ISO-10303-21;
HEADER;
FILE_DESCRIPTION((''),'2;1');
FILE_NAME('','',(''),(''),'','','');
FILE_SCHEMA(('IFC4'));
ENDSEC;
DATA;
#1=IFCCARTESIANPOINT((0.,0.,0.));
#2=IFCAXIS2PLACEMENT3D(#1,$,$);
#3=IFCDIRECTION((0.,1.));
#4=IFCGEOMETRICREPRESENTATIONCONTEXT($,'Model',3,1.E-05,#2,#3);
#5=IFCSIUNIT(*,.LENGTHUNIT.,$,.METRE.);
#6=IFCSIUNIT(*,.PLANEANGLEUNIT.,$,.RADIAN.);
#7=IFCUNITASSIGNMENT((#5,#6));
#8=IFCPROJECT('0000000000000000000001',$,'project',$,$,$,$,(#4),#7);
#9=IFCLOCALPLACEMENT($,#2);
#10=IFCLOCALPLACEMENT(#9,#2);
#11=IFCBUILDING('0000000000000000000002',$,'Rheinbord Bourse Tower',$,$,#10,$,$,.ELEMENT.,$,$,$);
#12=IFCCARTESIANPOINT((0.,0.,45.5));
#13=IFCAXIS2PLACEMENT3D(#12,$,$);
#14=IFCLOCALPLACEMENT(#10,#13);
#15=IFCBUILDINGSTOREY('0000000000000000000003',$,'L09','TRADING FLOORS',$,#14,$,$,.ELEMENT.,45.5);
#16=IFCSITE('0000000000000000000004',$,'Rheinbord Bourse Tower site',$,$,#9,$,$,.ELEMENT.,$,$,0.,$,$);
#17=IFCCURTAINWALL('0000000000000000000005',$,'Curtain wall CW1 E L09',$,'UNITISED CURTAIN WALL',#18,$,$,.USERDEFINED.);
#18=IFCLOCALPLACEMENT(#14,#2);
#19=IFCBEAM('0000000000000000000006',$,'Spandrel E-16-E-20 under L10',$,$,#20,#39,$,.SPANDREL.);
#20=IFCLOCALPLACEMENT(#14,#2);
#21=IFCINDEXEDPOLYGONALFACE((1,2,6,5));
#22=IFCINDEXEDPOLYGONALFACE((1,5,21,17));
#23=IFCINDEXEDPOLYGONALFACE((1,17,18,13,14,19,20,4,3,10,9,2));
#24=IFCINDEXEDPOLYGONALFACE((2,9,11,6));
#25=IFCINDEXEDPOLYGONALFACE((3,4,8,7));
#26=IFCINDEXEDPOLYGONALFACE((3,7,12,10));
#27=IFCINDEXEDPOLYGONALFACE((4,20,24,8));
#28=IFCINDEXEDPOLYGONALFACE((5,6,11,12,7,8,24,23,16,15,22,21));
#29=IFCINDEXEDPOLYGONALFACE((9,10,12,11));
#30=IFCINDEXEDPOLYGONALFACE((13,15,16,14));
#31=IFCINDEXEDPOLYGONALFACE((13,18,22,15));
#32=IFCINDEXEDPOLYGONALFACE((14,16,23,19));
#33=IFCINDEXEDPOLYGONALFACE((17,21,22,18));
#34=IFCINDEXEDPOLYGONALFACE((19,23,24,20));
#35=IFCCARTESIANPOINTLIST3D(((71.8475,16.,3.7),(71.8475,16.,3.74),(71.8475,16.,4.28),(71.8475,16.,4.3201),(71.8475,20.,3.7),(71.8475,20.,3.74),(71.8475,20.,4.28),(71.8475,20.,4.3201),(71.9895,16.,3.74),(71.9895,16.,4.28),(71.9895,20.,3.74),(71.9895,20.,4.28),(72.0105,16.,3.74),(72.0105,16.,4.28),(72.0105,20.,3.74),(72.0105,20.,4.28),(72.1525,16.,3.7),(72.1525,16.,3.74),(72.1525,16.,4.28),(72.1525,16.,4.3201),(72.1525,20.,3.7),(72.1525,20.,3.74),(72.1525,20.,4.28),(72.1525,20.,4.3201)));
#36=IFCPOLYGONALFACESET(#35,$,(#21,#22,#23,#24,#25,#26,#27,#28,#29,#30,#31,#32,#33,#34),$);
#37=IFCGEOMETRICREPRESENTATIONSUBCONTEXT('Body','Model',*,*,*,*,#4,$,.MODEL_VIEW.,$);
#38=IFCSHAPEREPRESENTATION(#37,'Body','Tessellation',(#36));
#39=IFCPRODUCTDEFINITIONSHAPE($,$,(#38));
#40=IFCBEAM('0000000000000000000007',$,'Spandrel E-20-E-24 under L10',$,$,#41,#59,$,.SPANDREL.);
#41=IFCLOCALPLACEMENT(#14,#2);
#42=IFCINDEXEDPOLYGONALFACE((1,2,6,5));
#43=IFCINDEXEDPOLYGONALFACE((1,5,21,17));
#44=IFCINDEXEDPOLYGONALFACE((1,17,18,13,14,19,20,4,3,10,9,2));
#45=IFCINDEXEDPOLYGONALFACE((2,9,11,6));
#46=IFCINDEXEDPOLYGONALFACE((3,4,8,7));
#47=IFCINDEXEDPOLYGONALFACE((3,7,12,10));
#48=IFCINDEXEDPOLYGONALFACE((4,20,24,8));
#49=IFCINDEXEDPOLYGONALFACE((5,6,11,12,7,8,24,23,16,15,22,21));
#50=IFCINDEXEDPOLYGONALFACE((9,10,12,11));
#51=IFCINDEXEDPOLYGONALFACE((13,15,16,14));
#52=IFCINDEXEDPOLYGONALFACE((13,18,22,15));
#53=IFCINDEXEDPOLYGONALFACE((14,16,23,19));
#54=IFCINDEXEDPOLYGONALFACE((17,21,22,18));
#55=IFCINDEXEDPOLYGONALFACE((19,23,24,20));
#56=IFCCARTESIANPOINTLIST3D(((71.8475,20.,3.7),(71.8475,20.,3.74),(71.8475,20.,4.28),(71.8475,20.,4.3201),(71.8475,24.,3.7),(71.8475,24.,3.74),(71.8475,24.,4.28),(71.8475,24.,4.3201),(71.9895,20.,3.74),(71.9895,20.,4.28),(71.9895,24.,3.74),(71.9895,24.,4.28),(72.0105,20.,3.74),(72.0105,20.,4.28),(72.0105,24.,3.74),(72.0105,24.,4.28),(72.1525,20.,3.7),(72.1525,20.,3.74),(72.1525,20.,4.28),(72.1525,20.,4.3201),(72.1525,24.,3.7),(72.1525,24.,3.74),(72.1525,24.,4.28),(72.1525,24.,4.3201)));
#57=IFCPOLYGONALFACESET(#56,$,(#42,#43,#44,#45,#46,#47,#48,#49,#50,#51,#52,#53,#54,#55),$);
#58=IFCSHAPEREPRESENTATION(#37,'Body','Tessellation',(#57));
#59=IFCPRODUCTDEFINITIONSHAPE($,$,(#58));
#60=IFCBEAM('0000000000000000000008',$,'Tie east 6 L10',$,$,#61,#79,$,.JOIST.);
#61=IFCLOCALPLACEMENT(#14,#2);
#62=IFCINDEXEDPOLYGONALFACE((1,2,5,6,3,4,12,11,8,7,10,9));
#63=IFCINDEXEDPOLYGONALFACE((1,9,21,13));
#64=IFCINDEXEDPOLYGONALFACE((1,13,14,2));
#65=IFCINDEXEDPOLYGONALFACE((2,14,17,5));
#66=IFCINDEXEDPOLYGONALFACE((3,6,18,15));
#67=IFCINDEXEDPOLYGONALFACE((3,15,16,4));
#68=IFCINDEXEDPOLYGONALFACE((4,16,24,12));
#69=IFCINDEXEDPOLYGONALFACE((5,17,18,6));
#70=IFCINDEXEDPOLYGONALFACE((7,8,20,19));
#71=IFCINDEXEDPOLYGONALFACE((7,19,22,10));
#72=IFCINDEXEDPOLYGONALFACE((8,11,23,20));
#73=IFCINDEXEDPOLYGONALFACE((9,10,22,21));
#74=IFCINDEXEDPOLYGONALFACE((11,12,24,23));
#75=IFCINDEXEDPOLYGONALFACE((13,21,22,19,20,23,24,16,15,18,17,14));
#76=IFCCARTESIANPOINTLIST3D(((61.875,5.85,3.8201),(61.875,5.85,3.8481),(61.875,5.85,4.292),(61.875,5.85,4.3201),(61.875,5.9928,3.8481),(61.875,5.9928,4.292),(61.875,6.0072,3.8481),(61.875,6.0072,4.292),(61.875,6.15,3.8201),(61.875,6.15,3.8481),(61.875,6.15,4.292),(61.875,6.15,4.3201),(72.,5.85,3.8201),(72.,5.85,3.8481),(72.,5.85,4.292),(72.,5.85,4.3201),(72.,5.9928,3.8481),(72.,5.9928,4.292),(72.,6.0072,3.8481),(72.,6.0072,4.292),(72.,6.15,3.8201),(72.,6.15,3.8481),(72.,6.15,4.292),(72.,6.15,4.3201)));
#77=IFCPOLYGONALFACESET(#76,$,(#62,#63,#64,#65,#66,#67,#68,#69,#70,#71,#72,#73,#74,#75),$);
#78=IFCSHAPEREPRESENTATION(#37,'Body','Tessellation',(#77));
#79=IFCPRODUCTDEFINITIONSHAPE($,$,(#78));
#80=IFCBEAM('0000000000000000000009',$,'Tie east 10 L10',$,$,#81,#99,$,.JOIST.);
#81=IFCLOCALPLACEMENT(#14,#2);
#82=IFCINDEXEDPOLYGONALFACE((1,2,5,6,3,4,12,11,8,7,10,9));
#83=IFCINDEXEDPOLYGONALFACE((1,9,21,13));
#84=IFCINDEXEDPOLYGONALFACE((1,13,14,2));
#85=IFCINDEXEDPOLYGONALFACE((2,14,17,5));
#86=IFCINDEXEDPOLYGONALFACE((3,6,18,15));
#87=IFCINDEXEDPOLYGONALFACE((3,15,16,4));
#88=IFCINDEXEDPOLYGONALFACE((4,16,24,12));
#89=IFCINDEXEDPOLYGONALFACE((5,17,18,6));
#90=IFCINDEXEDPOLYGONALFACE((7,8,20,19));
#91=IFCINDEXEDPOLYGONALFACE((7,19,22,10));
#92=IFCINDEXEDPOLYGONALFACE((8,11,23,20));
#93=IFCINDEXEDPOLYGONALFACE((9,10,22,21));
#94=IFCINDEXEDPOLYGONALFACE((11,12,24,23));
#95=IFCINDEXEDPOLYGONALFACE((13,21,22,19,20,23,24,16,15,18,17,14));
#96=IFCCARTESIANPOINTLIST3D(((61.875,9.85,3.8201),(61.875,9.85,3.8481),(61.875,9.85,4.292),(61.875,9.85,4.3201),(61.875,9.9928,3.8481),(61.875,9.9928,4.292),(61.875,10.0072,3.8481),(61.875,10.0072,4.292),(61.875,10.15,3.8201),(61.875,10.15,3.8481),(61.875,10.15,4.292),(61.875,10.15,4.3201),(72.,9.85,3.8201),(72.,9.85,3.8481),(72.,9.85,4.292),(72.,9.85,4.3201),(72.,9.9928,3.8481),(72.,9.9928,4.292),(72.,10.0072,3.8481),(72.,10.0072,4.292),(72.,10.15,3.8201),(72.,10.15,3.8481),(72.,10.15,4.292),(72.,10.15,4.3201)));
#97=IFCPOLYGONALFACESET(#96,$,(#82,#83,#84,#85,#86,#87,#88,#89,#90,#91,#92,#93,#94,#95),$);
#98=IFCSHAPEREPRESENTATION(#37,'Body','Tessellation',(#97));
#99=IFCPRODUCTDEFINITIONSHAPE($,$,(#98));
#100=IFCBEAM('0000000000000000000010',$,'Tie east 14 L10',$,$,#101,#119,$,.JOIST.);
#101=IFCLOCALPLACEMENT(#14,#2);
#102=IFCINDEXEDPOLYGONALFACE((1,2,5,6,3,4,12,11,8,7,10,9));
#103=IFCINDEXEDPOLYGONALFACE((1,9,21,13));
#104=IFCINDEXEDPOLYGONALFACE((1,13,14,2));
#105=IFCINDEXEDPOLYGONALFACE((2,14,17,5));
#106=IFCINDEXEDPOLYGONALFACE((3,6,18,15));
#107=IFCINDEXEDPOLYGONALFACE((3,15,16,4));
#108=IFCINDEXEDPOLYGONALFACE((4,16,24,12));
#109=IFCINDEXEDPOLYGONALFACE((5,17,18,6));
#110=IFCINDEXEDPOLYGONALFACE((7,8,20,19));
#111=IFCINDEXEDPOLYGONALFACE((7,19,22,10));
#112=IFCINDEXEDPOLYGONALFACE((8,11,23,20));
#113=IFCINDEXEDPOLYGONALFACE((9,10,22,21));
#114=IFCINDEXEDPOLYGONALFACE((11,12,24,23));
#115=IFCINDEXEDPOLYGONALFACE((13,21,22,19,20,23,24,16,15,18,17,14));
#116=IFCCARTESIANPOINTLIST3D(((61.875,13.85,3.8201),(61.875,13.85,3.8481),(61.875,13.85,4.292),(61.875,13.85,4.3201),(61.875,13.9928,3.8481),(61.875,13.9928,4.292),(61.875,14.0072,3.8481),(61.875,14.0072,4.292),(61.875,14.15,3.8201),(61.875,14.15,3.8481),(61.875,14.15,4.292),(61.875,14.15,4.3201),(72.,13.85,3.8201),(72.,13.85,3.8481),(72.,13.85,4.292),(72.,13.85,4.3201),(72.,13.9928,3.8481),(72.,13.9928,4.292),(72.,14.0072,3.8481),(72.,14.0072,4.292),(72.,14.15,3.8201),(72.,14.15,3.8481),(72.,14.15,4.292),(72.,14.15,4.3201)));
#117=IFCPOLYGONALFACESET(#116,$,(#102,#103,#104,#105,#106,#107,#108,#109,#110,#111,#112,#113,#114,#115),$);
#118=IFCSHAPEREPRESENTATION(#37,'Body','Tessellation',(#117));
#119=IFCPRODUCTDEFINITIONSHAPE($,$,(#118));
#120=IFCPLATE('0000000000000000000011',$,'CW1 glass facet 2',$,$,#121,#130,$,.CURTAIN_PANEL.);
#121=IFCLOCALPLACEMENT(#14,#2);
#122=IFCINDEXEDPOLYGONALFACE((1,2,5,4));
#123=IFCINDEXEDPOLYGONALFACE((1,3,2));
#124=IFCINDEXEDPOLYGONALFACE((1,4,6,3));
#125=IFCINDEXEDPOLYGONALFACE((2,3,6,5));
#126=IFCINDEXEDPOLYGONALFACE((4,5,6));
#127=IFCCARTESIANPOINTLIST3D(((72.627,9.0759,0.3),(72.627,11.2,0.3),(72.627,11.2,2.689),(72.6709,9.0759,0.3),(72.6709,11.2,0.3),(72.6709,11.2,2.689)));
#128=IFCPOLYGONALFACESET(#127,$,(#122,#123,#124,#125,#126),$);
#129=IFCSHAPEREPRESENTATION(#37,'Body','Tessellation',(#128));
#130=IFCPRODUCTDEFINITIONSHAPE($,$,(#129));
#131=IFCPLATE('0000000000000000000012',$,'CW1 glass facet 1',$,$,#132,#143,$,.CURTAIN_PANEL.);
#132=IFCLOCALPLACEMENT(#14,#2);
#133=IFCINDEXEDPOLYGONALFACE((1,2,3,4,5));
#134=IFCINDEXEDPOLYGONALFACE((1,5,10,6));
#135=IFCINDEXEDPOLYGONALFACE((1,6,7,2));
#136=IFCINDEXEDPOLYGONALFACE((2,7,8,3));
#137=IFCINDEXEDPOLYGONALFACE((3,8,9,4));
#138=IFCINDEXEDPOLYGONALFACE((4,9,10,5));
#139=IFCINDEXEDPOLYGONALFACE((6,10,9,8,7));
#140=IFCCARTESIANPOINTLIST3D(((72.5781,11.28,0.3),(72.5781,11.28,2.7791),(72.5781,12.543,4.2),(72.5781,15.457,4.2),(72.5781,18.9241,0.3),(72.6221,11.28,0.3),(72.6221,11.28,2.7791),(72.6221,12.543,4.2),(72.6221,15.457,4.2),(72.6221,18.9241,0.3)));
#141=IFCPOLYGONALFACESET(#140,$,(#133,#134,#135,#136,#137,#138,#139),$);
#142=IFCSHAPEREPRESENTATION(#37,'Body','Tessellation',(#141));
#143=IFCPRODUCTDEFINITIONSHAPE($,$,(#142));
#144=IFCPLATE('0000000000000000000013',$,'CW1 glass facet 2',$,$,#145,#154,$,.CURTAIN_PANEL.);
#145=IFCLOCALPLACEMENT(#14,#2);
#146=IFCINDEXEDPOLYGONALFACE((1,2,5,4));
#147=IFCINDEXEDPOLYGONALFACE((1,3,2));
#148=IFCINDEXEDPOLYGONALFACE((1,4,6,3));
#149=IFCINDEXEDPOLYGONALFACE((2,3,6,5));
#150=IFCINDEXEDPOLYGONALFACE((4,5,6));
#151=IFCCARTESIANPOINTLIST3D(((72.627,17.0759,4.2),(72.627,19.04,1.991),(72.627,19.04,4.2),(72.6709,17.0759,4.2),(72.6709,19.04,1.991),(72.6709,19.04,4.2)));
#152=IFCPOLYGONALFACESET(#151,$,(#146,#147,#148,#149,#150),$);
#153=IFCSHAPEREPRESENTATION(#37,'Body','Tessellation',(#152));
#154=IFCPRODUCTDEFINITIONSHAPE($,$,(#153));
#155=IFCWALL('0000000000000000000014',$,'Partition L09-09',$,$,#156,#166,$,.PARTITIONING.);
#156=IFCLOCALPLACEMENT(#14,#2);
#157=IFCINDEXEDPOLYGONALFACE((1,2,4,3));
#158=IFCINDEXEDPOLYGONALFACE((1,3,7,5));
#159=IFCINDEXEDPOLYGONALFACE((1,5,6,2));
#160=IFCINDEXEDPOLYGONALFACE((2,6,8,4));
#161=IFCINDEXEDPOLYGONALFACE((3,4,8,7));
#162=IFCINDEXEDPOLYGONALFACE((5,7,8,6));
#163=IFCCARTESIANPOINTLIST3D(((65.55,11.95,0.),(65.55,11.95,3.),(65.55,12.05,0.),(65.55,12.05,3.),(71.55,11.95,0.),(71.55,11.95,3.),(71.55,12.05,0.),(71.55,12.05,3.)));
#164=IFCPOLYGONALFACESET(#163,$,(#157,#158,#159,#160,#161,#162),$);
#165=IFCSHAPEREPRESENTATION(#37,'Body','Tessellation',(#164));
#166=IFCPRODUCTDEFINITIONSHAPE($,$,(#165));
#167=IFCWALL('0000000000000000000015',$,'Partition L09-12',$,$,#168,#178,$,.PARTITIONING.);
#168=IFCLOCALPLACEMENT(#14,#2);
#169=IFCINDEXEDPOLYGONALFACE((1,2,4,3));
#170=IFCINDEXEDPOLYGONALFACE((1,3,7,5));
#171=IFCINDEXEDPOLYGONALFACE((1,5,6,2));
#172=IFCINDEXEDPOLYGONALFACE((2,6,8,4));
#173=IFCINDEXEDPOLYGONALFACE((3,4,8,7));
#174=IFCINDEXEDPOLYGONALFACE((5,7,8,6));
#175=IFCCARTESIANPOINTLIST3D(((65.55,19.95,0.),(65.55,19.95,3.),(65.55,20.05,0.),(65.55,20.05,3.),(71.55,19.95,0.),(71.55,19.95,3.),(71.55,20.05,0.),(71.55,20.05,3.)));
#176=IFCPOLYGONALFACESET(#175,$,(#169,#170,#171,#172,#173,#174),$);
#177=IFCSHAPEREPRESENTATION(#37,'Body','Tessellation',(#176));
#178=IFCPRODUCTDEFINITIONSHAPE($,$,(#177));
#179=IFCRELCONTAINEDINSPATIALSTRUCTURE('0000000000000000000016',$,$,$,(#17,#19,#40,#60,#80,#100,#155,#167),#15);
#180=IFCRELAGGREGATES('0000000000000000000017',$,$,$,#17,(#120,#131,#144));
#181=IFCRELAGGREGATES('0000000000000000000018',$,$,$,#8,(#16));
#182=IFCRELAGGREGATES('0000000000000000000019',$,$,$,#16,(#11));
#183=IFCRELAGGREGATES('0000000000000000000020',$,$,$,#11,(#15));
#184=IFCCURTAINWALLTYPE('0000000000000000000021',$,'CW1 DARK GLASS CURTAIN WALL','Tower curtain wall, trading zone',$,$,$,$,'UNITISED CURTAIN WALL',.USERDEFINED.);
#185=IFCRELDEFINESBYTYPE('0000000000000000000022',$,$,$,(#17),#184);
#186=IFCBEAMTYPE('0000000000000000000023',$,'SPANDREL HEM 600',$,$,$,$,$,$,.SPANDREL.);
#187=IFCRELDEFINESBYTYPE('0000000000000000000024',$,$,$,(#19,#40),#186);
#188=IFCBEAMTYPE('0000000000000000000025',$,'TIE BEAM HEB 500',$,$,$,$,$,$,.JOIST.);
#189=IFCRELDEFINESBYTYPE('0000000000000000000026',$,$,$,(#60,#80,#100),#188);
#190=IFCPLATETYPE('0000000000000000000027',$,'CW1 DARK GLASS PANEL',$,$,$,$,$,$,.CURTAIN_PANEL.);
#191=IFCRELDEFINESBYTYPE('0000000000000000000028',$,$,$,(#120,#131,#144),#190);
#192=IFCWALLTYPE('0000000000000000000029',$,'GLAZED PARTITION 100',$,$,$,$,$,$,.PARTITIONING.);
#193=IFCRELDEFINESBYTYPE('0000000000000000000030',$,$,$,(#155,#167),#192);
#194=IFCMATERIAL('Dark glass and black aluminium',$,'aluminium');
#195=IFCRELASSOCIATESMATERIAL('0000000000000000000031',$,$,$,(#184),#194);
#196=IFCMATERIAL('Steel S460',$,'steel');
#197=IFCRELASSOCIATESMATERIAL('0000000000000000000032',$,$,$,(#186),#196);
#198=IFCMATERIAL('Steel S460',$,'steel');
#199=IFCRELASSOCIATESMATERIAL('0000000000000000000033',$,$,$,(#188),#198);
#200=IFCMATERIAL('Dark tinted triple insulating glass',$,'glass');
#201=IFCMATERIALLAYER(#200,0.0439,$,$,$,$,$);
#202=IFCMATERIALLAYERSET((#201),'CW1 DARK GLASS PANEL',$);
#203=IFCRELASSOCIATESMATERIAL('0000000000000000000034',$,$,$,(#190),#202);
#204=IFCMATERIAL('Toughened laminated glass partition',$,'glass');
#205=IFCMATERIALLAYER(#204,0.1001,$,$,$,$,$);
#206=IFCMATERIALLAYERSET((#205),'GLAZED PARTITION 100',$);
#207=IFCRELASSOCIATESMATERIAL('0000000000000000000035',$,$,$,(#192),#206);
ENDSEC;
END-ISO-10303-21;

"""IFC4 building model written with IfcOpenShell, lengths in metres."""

from ifc_helpers import new_model, si_unit, direction, frame, frame_2d, origin, origin_2d, place, context, subcontext, project, spatial, polyline, rectangle, i_section, outline, extrude, material, layer, layer_set, material_profile, profile_set, type_object, element, aggregate, save


model = new_model("IFC4")

# Units and contexts
model_context = context("Model", 3, precision=1e-05, world=origin(), true_north=direction((0.0, 1.0)))
body_context = subcontext(model_context, "Body", "Model", "MODEL_VIEW")
ifc_project = project(units=[si_unit("LENGTHUNIT", "METRE"), si_unit("PLANEANGLEUNIT", "RADIAN")], contexts=[model_context])

# Site, building, storey
site_placement = place(None, origin())
site = spatial("IfcSite", under=ifc_project, at=site_placement, Name="Rheinbord Bourse Tower site", CompositionType="ELEMENT", RefElevation=0.0)
building_placement = place(site_placement, origin())
building = spatial("IfcBuilding", under=site, at=building_placement, Name="Rheinbord Bourse Tower", CompositionType="ELEMENT")
storey_placement = place(building_placement, frame((0.0, 0.0, 45.5)))
storey = spatial("IfcBuildingStorey", under=building, at=storey_placement, Name="L09", Description="TRADING FLOORS", CompositionType="ELEMENT", Elevation=45.5)

# Curtain wall
ifc_material_1 = material(Name="Dark glass and black aluminium", Category="aluminium")
curtain_wall_type = type_object("IfcCurtainWallType", Name="CW1 DARK GLASS CURTAIN WALL", Description="Tower curtain wall, trading zone", ElementType="UNITISED CURTAIN WALL", PredefinedType="USERDEFINED", material=ifc_material_1)
curtain_wall_placement = place(storey_placement, origin())
curtain_wall = element("IfcCurtainWall", 1, at=curtain_wall_placement, inside=storey, type_object=curtain_wall_type, Name="Curtain wall CW1 E L09", ObjectType="UNITISED CURTAIN WALL", PredefinedType="USERDEFINED")

# Beams
ifc_material_2 = material(Name="Steel S460", Category="steel")
ifc_material_profile_1 = material_profile(ifc_material_2, i_section(OverallWidth=0.3049, OverallDepth=0.6201, WebThickness=0.021, FlangeThickness=0.04, at=origin_2d()), Name="HEM 600")
ifc_profile_set_1 = profile_set([ifc_material_profile_1], Name="Steel S460")
beam_type_1 = type_object("IfcBeamType", Name="SPANDREL HEM 600", PredefinedType="SPANDREL", material=ifc_profile_set_1)
for number, where, z_axis, x_axis, name in (
    (2, (72.0, 16.0, 4.01), (0.0, 1.0, 0.0), (-1.0, 0.0, 0.0), "Spandrel E-16-E-20 under L10"),
    (3, (72.0, 20.0, 4.01), (0.0, 1.0, 0.0), (-1.0, 0.0, 0.0), "Spandrel E-20-E-24 under L10"),
):
    element("IfcBeam", number, at=place(storey_placement, frame(where, z_axis=z_axis, x_axis=x_axis)), inside=storey, type_object=beam_type_1, Name=name, PredefinedType="SPANDREL", context=body_context, shape_type="SweptSolid", body=[
        extrude(i_section(OverallWidth=0.3049, OverallDepth=0.6201, WebThickness=0.021, FlangeThickness=0.04, at=origin_2d()), origin(), (0.0, 0.0, 1.0), 4.0),
    ])
ifc_material_3 = material(Name="Steel S460", Category="steel")
ifc_material_profile_2 = material_profile(ifc_material_3, i_section(OverallWidth=0.3, OverallDepth=0.5, WebThickness=0.0144, FlangeThickness=0.0281, at=origin_2d()), Name="HEB 500")
ifc_profile_set_2 = profile_set([ifc_material_profile_2], Name="Steel S460")
beam_type_2 = type_object("IfcBeamType", Name="TIE BEAM HEB 500", PredefinedType="JOIST", material=ifc_profile_set_2)
for number, where, z_axis, x_axis, name in (
    (4, (61.875, 6.0, 4.0701), (1.0, 0.0, 0.0), (0.0, 1.0, 0.0), "Tie east 6 L10"),
    (5, (61.875, 10.0, 4.0701), (1.0, 0.0, 0.0), (0.0, 1.0, 0.0), "Tie east 10 L10"),
    (6, (61.875, 14.0, 4.0701), (1.0, 0.0, 0.0), (0.0, 1.0, 0.0), "Tie east 14 L10"),
):
    element("IfcBeam", number, at=place(storey_placement, frame(where, z_axis=z_axis, x_axis=x_axis)), inside=storey, type_object=beam_type_2, Name=name, PredefinedType="JOIST", context=body_context, shape_type="SweptSolid", body=[
        extrude(i_section(OverallWidth=0.3, OverallDepth=0.5, WebThickness=0.0144, FlangeThickness=0.0281, at=origin_2d()), origin(), (0.0, 0.0, 1.0), 10.125),
    ])

# Plates
ifc_material_4 = material(Name="Dark tinted triple insulating glass", Category="glass")
ifc_layer_1 = layer(ifc_material_4, 0.0439)
ifc_layer_set_1 = layer_set([ifc_layer_1], Name="CW1 DARK GLASS PANEL")
plate_type = type_object("IfcPlateType", Name="CW1 DARK GLASS PANEL", PredefinedType="CURTAIN_PANEL", material=ifc_layer_set_1)
plate_1_placement = place(storey_placement, frame((72.6709, 11.2, 0.3), z_axis=(-1.0, 0.0, 0.0), x_axis=(0.0, -1.0, 0.0)))
plate_1 = element("IfcPlate", 7, at=plate_1_placement, type_object=plate_type, Name="CW1 glass facet 2", PredefinedType="CURTAIN_PANEL", context=body_context, shape_type="SweptSolid", body=[
    extrude(outline(polyline([(0.0, 0.0), (2.124, 0.0), (0.0, 2.3889), (0.0, 0.0)])), origin(), (0.0, 0.0, 1.0), 0.0439),
])
plate_2_placement = place(storey_placement, frame((72.6221, 11.28, 0.3), z_axis=(-1.0, 0.0, 0.0), x_axis=(0.0, 0.0, 1.0)))
plate_2 = element("IfcPlate", 8, at=plate_2_placement, type_object=plate_type, Name="CW1 glass facet 1", PredefinedType="CURTAIN_PANEL", context=body_context, shape_type="SweptSolid", body=[
    extrude(outline(polyline([(0.0, 0.0), (2.479, 0.0), (3.8999, 1.2629), (3.8999, 4.177), (0.0, 7.644), (0.0, 0.0)])), origin(), (0.0, 0.0, 1.0), 0.0439),
])
plate_3_placement = place(storey_placement, frame((72.6709, 19.04, 4.2), z_axis=(-1.0, 0.0, 0.0), x_axis=(0.0, 0.0, -1.0)))
plate_3 = element("IfcPlate", 9, at=plate_3_placement, type_object=plate_type, Name="CW1 glass facet 2", PredefinedType="CURTAIN_PANEL", context=body_context, shape_type="SweptSolid", body=[
    extrude(outline(polyline([(0.0, 0.0), (2.209, 0.0), (0.0, 1.9641), (0.0, 0.0)])), origin(), (0.0, 0.0, 1.0), 0.0439),
])
aggregate(curtain_wall, [plate_1, plate_2, plate_3])

# Walls
ifc_material_5 = material(Name="Toughened laminated glass partition", Category="glass")
ifc_layer_2 = layer(ifc_material_5, 0.1001)
ifc_layer_set_2 = layer_set([ifc_layer_2], Name="GLAZED PARTITION 100")
wall_type_1 = type_object("IfcWallType", Name="GLAZED PARTITION 100", PredefinedType="PARTITIONING", material=ifc_layer_set_2)
for number, where, z_axis, x_axis, name in (
    (10, (65.55, 12.0, 0.0), (0.0, 0.0, 1.0), (1.0, 0.0, 0.0), "Partition L09-09"),
    (11, (65.55, 20.0, 0.0), (0.0, 0.0, 1.0), (1.0, 0.0, 0.0), "Partition L09-12"),
):
    element("IfcWall", number, at=place(storey_placement, frame(where, z_axis=z_axis, x_axis=x_axis)), inside=storey, type_object=wall_type_1, Name=name, PredefinedType="PARTITIONING", context=body_context, shape_type="SweptSolid", body=[
        extrude(rectangle(XDim=6.0, YDim=0.1001, at=frame_2d((3.0, 0.0))), origin(), (0.0, 0.0, 1.0), 3.0),
    ])

save(model, "model.ifc")
